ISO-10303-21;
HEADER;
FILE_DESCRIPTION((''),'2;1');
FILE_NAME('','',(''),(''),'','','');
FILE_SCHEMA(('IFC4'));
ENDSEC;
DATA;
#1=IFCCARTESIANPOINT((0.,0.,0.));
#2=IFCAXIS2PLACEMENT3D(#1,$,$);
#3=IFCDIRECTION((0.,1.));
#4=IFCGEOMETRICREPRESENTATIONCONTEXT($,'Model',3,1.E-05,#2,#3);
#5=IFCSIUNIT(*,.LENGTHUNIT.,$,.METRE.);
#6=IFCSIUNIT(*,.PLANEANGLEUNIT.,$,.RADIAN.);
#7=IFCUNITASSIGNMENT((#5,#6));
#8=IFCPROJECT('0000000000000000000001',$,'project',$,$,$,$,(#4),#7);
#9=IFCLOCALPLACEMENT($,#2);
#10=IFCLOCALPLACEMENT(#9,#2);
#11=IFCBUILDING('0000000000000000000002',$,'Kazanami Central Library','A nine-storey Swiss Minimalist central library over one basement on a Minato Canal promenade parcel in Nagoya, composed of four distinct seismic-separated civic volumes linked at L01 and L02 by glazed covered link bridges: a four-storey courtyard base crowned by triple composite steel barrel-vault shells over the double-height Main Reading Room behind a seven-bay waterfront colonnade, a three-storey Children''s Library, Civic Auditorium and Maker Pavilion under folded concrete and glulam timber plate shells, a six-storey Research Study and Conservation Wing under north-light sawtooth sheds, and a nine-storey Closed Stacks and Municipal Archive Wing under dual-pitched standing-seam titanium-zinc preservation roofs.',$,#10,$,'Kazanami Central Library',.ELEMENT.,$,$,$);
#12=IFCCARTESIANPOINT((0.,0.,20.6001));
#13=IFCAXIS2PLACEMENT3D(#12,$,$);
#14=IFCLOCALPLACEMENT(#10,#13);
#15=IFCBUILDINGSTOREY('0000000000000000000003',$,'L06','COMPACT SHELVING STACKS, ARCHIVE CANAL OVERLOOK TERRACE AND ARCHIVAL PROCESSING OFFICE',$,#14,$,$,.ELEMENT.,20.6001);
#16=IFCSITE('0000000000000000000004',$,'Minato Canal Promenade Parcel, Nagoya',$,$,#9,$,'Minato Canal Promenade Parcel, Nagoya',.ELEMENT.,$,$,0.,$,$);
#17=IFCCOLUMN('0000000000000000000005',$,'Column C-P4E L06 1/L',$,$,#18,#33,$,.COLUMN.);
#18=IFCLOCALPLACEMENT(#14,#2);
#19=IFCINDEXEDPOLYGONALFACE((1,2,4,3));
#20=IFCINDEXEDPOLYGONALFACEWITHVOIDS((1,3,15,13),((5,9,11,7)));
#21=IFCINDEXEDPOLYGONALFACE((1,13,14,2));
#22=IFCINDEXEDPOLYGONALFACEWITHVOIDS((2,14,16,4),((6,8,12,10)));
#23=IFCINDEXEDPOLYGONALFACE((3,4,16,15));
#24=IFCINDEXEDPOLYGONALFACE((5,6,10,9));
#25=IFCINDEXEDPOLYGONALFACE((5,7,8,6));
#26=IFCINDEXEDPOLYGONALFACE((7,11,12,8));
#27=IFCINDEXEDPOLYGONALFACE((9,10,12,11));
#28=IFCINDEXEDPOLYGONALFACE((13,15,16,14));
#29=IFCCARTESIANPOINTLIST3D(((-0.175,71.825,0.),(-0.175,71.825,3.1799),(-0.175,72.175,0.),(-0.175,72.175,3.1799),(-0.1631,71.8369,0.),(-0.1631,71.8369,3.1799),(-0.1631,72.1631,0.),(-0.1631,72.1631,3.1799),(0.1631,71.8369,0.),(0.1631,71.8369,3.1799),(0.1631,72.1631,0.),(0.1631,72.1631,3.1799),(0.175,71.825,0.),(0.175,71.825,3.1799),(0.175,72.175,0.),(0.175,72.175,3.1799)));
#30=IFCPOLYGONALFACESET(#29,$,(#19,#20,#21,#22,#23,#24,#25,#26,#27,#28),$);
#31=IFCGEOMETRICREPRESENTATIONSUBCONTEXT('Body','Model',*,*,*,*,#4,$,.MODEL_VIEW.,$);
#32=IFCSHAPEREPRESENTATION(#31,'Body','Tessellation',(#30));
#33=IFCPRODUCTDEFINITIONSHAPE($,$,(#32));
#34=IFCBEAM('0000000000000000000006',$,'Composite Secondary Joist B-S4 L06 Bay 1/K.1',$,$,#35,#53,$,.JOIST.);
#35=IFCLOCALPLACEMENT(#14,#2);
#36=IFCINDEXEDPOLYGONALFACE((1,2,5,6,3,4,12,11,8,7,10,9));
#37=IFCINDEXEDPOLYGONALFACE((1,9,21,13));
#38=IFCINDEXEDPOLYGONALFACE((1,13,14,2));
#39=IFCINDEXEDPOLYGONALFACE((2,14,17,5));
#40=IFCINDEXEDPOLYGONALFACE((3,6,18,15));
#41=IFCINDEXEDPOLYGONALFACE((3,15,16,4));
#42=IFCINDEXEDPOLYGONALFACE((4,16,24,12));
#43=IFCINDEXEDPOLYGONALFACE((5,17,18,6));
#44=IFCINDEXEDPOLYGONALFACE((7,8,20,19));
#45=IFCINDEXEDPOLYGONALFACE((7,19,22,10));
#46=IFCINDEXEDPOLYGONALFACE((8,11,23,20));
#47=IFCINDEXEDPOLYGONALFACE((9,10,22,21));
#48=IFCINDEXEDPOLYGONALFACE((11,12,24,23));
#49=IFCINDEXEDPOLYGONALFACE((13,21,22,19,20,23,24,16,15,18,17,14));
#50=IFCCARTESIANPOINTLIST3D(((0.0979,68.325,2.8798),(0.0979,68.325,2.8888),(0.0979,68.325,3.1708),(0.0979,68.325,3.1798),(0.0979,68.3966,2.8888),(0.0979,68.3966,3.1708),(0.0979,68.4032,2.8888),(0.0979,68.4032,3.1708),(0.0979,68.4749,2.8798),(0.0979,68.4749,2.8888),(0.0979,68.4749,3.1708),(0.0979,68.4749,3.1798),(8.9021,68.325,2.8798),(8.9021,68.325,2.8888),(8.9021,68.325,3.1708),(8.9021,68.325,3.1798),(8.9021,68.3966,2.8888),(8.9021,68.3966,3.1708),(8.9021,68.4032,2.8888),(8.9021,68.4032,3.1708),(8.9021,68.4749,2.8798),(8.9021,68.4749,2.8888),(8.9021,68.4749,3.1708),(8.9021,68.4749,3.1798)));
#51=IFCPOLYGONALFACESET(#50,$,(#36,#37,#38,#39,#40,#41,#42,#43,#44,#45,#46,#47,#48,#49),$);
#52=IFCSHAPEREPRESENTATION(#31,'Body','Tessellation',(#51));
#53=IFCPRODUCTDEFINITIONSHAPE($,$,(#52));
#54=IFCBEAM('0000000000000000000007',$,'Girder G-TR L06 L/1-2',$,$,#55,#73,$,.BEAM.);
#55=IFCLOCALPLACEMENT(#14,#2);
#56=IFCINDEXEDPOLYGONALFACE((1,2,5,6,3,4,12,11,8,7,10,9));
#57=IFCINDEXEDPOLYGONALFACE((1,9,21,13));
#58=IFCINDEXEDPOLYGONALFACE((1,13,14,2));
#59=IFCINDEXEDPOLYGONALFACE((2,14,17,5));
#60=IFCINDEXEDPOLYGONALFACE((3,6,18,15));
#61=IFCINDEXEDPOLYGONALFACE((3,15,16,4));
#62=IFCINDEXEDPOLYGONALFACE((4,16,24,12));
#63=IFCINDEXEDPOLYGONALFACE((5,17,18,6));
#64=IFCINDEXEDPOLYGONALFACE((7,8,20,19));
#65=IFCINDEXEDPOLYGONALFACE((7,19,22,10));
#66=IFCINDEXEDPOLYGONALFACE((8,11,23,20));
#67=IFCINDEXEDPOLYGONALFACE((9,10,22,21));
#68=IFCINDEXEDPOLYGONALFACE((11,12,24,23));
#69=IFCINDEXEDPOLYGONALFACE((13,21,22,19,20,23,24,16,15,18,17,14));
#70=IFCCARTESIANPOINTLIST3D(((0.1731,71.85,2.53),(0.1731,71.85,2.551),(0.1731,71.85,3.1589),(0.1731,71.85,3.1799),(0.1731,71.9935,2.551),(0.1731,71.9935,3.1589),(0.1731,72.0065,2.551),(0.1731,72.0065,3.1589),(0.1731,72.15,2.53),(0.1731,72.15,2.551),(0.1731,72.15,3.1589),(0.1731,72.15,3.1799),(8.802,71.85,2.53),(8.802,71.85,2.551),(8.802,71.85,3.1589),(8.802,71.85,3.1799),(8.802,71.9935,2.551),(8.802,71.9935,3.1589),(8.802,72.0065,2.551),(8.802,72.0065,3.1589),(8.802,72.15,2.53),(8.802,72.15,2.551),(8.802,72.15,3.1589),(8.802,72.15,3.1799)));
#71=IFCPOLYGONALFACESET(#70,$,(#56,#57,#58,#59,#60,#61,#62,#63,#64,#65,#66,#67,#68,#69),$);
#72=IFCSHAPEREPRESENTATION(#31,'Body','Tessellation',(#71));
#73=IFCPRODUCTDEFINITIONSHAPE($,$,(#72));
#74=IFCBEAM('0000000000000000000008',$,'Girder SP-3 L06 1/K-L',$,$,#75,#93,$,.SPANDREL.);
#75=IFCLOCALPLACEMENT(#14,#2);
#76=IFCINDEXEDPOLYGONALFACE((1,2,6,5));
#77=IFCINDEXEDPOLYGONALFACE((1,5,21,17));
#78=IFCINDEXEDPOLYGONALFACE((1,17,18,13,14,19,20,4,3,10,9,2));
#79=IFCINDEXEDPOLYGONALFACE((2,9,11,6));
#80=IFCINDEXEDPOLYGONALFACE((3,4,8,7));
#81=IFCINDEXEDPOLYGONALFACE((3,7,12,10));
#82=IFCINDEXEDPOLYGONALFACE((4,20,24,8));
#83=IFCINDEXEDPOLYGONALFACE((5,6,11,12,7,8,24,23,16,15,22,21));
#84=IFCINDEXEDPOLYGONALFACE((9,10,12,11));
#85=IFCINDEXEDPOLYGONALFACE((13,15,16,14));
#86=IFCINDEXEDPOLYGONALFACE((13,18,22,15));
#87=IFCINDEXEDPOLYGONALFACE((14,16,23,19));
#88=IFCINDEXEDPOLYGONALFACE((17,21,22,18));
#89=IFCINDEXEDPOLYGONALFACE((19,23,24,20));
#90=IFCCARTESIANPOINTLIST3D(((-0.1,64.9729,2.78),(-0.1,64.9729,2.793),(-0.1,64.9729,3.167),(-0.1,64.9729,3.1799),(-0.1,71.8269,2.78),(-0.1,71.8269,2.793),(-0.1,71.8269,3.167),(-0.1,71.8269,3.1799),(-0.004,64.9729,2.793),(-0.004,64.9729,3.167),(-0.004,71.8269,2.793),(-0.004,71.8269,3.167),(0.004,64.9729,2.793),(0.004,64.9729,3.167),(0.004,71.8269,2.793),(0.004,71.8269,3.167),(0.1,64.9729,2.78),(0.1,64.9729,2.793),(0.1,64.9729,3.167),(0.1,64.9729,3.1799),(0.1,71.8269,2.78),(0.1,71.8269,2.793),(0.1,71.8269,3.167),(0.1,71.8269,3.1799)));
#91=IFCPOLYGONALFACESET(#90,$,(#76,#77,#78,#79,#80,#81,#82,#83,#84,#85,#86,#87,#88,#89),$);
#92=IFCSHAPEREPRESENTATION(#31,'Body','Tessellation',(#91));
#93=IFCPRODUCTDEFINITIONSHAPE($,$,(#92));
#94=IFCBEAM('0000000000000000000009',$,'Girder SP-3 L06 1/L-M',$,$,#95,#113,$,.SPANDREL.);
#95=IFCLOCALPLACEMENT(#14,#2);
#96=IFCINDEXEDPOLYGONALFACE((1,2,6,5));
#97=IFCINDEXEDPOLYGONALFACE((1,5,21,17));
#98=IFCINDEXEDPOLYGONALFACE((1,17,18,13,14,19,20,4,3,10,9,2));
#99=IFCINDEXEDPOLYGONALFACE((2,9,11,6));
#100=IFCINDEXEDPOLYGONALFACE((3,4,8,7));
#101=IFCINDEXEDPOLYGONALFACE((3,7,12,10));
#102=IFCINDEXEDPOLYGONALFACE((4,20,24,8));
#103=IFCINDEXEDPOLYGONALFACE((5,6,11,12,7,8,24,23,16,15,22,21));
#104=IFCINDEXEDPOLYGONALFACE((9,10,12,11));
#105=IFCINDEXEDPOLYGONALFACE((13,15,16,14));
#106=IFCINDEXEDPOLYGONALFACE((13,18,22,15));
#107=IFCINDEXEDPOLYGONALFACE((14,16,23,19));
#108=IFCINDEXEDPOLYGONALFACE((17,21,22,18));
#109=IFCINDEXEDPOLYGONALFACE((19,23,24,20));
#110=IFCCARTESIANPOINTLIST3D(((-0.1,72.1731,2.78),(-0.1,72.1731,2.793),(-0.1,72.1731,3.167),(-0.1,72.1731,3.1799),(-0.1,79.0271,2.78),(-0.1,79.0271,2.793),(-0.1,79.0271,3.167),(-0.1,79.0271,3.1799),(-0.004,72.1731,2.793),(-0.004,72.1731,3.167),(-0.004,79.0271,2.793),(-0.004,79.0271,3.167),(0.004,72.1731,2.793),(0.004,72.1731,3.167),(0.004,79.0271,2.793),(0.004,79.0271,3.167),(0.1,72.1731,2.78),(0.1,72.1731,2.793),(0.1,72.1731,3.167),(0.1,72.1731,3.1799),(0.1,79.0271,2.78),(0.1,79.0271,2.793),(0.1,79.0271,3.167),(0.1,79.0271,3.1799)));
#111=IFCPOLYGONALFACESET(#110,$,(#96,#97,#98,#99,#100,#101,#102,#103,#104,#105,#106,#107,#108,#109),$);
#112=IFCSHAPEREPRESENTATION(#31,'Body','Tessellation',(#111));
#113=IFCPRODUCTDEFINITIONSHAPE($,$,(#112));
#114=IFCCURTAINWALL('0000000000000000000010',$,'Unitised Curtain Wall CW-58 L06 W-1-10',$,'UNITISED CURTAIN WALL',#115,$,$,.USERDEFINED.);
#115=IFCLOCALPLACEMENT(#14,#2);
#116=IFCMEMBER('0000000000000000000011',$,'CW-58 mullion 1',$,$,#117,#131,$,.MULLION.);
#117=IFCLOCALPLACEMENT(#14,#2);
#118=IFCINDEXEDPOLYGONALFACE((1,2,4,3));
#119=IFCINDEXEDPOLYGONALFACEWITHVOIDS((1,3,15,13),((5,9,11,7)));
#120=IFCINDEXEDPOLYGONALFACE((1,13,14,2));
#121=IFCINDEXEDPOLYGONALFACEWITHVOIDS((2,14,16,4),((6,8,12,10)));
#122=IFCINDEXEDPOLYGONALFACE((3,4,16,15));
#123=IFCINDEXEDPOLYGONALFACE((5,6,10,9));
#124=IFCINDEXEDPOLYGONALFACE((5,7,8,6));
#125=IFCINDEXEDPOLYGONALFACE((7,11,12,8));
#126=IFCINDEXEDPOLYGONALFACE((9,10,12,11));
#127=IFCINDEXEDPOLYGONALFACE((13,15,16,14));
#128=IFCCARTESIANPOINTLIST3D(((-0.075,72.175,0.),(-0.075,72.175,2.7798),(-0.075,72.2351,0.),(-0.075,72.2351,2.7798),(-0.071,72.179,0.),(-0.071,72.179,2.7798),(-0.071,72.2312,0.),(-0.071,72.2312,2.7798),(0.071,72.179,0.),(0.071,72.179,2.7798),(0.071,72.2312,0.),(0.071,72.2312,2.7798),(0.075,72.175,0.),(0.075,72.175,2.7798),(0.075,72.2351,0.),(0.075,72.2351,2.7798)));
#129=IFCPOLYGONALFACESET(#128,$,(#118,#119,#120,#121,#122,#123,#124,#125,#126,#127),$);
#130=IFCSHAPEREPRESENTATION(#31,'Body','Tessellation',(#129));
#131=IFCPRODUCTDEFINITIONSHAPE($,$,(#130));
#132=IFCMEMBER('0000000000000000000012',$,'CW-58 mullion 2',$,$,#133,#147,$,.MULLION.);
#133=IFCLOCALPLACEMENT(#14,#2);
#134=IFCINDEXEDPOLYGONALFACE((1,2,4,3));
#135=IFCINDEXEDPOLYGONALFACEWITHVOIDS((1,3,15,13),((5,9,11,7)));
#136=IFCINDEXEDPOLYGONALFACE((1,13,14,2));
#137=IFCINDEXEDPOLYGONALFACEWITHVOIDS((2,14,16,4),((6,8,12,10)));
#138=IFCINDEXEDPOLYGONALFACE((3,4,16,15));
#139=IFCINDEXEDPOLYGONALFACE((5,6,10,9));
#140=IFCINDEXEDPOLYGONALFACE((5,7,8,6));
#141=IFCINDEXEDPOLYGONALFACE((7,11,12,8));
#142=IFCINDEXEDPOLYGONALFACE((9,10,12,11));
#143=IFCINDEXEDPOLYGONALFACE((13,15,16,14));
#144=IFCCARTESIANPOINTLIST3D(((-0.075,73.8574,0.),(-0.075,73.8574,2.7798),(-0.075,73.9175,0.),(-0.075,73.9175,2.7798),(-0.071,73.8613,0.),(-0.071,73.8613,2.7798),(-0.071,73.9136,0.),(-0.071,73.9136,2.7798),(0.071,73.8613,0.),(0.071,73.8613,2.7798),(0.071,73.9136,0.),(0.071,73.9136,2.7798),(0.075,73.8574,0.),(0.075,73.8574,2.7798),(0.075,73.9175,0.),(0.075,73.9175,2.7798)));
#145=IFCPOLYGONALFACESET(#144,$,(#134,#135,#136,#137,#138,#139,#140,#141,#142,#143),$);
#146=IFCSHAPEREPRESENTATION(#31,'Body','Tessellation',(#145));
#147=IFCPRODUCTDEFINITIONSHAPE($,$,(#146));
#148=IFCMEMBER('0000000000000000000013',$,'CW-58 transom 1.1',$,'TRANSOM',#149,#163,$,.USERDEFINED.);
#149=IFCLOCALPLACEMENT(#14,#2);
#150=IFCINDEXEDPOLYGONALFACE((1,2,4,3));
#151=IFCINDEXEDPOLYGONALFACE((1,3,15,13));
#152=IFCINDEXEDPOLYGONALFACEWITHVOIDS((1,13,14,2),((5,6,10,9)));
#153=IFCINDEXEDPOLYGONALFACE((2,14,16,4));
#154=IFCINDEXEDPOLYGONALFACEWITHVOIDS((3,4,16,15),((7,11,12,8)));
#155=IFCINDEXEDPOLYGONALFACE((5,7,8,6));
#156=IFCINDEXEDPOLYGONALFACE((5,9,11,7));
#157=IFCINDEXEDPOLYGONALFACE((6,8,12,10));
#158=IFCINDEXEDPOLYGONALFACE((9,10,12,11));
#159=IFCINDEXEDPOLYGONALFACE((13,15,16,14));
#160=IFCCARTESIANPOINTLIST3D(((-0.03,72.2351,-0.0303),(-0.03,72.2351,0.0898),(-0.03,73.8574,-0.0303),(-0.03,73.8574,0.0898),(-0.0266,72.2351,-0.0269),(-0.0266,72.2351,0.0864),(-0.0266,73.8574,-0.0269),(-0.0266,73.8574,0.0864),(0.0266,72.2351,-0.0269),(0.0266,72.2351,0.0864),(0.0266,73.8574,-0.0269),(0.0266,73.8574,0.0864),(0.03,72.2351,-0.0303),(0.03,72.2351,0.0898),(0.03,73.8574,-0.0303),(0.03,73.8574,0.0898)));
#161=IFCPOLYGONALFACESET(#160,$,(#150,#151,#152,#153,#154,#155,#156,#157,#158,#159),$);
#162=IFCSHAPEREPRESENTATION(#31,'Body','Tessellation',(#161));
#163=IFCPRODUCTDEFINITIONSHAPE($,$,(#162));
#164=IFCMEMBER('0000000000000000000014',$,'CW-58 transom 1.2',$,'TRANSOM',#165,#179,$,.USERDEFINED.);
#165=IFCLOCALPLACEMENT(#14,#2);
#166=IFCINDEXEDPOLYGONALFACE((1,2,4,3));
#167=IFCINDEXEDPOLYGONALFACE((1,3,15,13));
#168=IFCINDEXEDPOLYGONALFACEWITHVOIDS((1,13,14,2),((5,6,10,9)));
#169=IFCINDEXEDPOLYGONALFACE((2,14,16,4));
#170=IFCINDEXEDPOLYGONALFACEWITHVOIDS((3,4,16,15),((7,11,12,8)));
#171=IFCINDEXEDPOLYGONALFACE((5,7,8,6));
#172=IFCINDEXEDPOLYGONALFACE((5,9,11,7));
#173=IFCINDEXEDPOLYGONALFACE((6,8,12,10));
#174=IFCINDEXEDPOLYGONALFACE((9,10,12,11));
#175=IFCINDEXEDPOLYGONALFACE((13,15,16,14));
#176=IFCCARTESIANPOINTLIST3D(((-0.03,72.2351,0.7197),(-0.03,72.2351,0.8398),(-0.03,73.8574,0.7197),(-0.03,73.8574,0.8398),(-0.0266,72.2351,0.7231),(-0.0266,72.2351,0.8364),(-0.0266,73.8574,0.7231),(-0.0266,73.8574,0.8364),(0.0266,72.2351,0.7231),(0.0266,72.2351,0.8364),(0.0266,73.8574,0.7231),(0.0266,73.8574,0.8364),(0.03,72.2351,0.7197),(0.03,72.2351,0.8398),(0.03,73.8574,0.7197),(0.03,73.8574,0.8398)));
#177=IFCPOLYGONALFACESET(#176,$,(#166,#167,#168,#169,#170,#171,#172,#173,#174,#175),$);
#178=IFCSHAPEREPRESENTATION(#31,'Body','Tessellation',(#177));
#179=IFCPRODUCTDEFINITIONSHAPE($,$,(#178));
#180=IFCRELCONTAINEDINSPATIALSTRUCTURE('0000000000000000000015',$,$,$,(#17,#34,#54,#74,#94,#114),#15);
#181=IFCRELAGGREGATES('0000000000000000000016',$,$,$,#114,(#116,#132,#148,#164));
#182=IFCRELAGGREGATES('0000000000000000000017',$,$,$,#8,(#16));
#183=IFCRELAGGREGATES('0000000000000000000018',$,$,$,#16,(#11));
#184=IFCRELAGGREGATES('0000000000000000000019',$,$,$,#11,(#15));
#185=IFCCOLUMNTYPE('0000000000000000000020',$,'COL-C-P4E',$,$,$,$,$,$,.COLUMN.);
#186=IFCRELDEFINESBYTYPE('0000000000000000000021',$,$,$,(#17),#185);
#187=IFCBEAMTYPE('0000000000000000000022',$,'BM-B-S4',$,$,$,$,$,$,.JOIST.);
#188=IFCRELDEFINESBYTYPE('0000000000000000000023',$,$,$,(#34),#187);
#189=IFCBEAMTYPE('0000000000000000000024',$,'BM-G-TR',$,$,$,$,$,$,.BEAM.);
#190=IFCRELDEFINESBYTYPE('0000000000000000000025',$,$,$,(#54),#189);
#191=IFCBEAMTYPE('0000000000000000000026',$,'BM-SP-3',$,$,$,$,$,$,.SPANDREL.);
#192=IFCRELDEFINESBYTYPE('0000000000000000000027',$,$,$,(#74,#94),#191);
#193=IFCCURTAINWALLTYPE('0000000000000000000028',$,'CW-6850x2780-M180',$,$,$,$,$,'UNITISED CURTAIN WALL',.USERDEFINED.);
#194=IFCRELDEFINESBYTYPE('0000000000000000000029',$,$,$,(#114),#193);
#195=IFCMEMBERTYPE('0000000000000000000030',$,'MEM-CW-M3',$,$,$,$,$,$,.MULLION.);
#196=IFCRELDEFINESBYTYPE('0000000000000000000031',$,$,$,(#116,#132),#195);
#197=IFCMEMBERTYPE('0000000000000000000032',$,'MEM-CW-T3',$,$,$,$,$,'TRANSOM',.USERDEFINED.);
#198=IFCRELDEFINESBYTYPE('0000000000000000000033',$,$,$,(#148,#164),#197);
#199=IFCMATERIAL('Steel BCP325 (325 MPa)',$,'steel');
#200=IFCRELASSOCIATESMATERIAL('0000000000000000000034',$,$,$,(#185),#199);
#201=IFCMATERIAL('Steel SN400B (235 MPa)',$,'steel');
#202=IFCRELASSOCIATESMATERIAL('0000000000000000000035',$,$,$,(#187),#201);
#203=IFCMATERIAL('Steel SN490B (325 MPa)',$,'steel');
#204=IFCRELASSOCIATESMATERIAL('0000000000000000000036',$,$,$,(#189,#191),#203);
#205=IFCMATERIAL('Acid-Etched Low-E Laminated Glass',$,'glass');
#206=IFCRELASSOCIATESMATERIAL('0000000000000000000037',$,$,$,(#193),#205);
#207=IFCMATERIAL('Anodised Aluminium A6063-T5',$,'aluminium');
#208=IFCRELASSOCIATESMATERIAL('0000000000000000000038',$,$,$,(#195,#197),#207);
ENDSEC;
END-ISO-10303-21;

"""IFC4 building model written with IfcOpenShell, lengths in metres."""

from ifc_helpers import new_model, si_unit, direction, frame, origin, origin_2d, place, context, subcontext, project, spatial, hollow_rectangle, i_section, extrude, material, material_profile, profile_set, type_object, element, aggregate, save


model = new_model("IFC4")

# Units and contexts
model_context = context("Model", 3, precision=1e-05, world=origin(), true_north=direction((0.0, 1.0)))
body_context = subcontext(model_context, "Body", "Model", "MODEL_VIEW")
ifc_project = project(units=[si_unit("LENGTHUNIT", "METRE"), si_unit("PLANEANGLEUNIT", "RADIAN")], contexts=[model_context])

# Site, building, storey
site_placement = place(None, origin())
site = spatial("IfcSite", under=ifc_project, at=site_placement, Name="Minato Canal Promenade Parcel, Nagoya", LongName="Minato Canal Promenade Parcel, Nagoya", CompositionType="ELEMENT", RefElevation=0.0)
building_placement = place(site_placement, origin())
building = spatial("IfcBuilding", under=site, at=building_placement, Name="Kazanami Central Library", Description="A nine-storey Swiss Minimalist central library over one basement on a Minato Canal promenade parcel in Nagoya, composed of four distinct seismic-separated civic volumes linked at L01 and L02 by glazed covered link bridges: a four-storey courtyard base crowned by triple composite steel barrel-vault shells over the double-height Main Reading Room behind a seven-bay waterfront colonnade, a three-storey Children's Library, Civic Auditorium and Maker Pavilion under folded concrete and glulam timber plate shells, a six-storey Research Study and Conservation Wing under north-light sawtooth sheds, and a nine-storey Closed Stacks and Municipal Archive Wing under dual-pitched standing-seam titanium-zinc preservation roofs.", LongName="Kazanami Central Library", CompositionType="ELEMENT")
storey_placement = place(building_placement, frame((0.0, 0.0, 20.6001)))
storey = spatial("IfcBuildingStorey", under=building, at=storey_placement, Name="L06", Description="COMPACT SHELVING STACKS, ARCHIVE CANAL OVERLOOK TERRACE AND ARCHIVAL PROCESSING OFFICE", CompositionType="ELEMENT", Elevation=20.6001)

# Column
ifc_material_1 = material(Name="Steel BCP325 (325 MPa)", Category="steel")
ifc_material_profile_1 = material_profile(ifc_material_1, hollow_rectangle(XDim=0.3501, YDim=0.3501, WallThickness=0.012, at=origin_2d()), Name="STKR-350x350x12")
ifc_profile_set_1 = profile_set([ifc_material_profile_1], Name="Steel BCP325 (325 MPa)")
column_type = type_object("IfcColumnType", Name="COL-C-P4E", PredefinedType="COLUMN", material=ifc_profile_set_1)
column_placement = place(storey_placement, frame((0.0, 72.0, 0.0), z_axis=(0.0, 0.0, 1.0), x_axis=(1.0, 0.0, 0.0)))
element("IfcColumn", 1, at=column_placement, inside=storey, type_object=column_type, Name="Column C-P4E L06 1/L", PredefinedType="COLUMN", context=body_context, shape_type="SweptSolid", body=[
    extrude(hollow_rectangle(XDim=0.3501, YDim=0.3501, WallThickness=0.012, at=origin_2d()), origin(), (0.0, 0.0, 1.0), 3.1799),
])

# Beams
ifc_material_2 = material(Name="Steel SN400B (235 MPa)", Category="steel")
ifc_material_profile_2 = material_profile(ifc_material_2, i_section(OverallWidth=0.1499, OverallDepth=0.3, WebThickness=0.0066, FlangeThickness=0.009, at=origin_2d()), Name="H-300x150x6.5x9")
ifc_profile_set_2 = profile_set([ifc_material_profile_2], Name="Steel SN400B (235 MPa)")
beam_type_1 = type_object("IfcBeamType", Name="BM-B-S4", PredefinedType="JOIST", material=ifc_profile_set_2)
beam_1_placement = place(storey_placement, frame((0.0979, 68.3999, 3.0298), z_axis=(1.0, 0.0, 0.0), x_axis=(0.0, 1.0, 0.0)))
element("IfcBeam", 2, at=beam_1_placement, inside=storey, type_object=beam_type_1, Name="Composite Secondary Joist B-S4 L06 Bay 1/K.1", PredefinedType="JOIST", context=body_context, shape_type="SweptSolid", body=[
    extrude(i_section(OverallWidth=0.1499, OverallDepth=0.3, WebThickness=0.0066, FlangeThickness=0.009, at=origin_2d()), origin(), (0.0, 0.0, 1.0), 8.8042),
])
ifc_material_3 = material(Name="Steel SN490B (325 MPa)", Category="steel")
ifc_material_profile_3 = material_profile(ifc_material_3, i_section(OverallWidth=0.3, OverallDepth=0.6499, WebThickness=0.0129, FlangeThickness=0.021, at=origin_2d()), Name="H-650x300x13x21")
ifc_profile_set_3 = profile_set([ifc_material_profile_3], Name="Steel SN490B (325 MPa)")
beam_type_2 = type_object("IfcBeamType", Name="BM-G-TR", PredefinedType="BEAM", material=ifc_profile_set_3)
beam_2_placement = place(storey_placement, frame((0.1731, 72.0, 2.855), z_axis=(1.0, 0.0, 0.0), x_axis=(0.0, 1.0, 0.0)))
element("IfcBeam", 3, at=beam_2_placement, inside=storey, type_object=beam_type_2, Name="Girder G-TR L06 L/1-2", PredefinedType="BEAM", context=body_context, shape_type="SweptSolid", body=[
    extrude(i_section(OverallWidth=0.3, OverallDepth=0.6499, WebThickness=0.0129, FlangeThickness=0.021, at=origin_2d()), origin(), (0.0, 0.0, 1.0), 8.6289),
])
ifc_material_profile_4 = material_profile(ifc_material_3, i_section(OverallWidth=0.2, OverallDepth=0.3999, WebThickness=0.0081, FlangeThickness=0.0129, at=origin_2d()), Name="H-400x200x8x13")
ifc_profile_set_4 = profile_set([ifc_material_profile_4], Name="Steel SN490B (325 MPa)")
beam_type_3 = type_object("IfcBeamType", Name="BM-SP-3", PredefinedType="SPANDREL", material=ifc_profile_set_4)
for number, where, z_axis, x_axis, name in (
    (4, (0.0, 64.9729, 2.98), (0.0, 1.0, 0.0), (-1.0, 0.0, 0.0), "Girder SP-3 L06 1/K-L"),
    (5, (0.0, 72.1731, 2.98), (0.0, 1.0, 0.0), (-1.0, 0.0, 0.0), "Girder SP-3 L06 1/L-M"),
):
    element("IfcBeam", number, at=place(storey_placement, frame(where, z_axis=z_axis, x_axis=x_axis)), inside=storey, type_object=beam_type_3, Name=name, PredefinedType="SPANDREL", context=body_context, shape_type="SweptSolid", body=[
        extrude(i_section(OverallWidth=0.2, OverallDepth=0.3999, WebThickness=0.0081, FlangeThickness=0.0129, at=origin_2d()), origin(), (0.0, 0.0, 1.0), 6.854),
    ])

# Curtain wall, members
ifc_material_4 = material(Name="Acid-Etched Low-E Laminated Glass", Category="glass")
curtain_wall_type = type_object("IfcCurtainWallType", Name="CW-6850x2780-M180", ElementType="UNITISED CURTAIN WALL", PredefinedType="USERDEFINED", material=ifc_material_4)
curtain_wall_placement = place(storey_placement, origin())
curtain_wall = element("IfcCurtainWall", 6, at=curtain_wall_placement, inside=storey, type_object=curtain_wall_type, Name="Unitised Curtain Wall CW-58 L06 W-1-10", ObjectType="UNITISED CURTAIN WALL", PredefinedType="USERDEFINED")
ifc_material_5 = material(Name="Anodised Aluminium A6063-T5", Category="aluminium")
ifc_material_profile_5 = material_profile(ifc_material_5, hollow_rectangle(XDim=0.0601, YDim=0.1499, WallThickness=0.0039, at=origin_2d()), Name="ALU-MULL-60x150x4")
ifc_profile_set_5 = profile_set([ifc_material_profile_5], Name="Anodised Aluminium A6063-T5")
member_type_1 = type_object("IfcMemberType", Name="MEM-CW-M3", PredefinedType="MULLION", material=ifc_profile_set_5)
member_1_placement = place(storey_placement, frame((0.0, 72.2051, 0.0), z_axis=(0.0, 0.0, 1.0), x_axis=(0.0, 1.0, 0.0)))
member_1 = element("IfcMember", 7, at=member_1_placement, type_object=member_type_1, Name="CW-58 mullion 1", PredefinedType="MULLION", context=body_context, shape_type="SweptSolid", body=[
    extrude(hollow_rectangle(XDim=0.0601, YDim=0.1499, WallThickness=0.0039, at=origin_2d()), origin(), (0.0, 0.0, 1.0), 2.7798),
])
member_2_placement = place(storey_placement, frame((0.0, 73.8875, 0.0), z_axis=(0.0, 0.0, 1.0), x_axis=(0.0, 1.0, 0.0)))
member_2 = element("IfcMember", 8, at=member_2_placement, type_object=member_type_1, Name="CW-58 mullion 2", PredefinedType="MULLION", context=body_context, shape_type="SweptSolid", body=[
    extrude(hollow_rectangle(XDim=0.0601, YDim=0.1499, WallThickness=0.0039, at=origin_2d()), origin(), (0.0, 0.0, 1.0), 2.7798),
])
ifc_material_profile_6 = material_profile(ifc_material_5, hollow_rectangle(XDim=0.0601, YDim=0.1201, WallThickness=0.0034, at=origin_2d()), Name="ALU-TRAN-60x120x3.5")
ifc_profile_set_6 = profile_set([ifc_material_profile_6], Name="Anodised Aluminium A6063-T5")
member_type_2 = type_object("IfcMemberType", Name="MEM-CW-T3", ElementType="TRANSOM", PredefinedType="USERDEFINED", material=ifc_profile_set_6)
member_3_placement = place(storey_placement, frame((0.0, 72.2351, 0.0298), z_axis=(0.0, 1.0, 0.0), x_axis=(-1.0, 0.0, 0.0)))
member_3 = element("IfcMember", 9, at=member_3_placement, type_object=member_type_2, Name="CW-58 transom 1.1", ObjectType="TRANSOM", PredefinedType="USERDEFINED", context=body_context, shape_type="SweptSolid", body=[
    extrude(hollow_rectangle(XDim=0.0601, YDim=0.1201, WallThickness=0.0034, at=origin_2d()), origin(), (0.0, 0.0, 1.0), 1.6223),
])
member_4_placement = place(storey_placement, frame((0.0, 72.2351, 0.7798), z_axis=(0.0, 1.0, 0.0), x_axis=(-1.0, 0.0, 0.0)))
member_4 = element("IfcMember", 10, at=member_4_placement, type_object=member_type_2, Name="CW-58 transom 1.2", ObjectType="TRANSOM", PredefinedType="USERDEFINED", context=body_context, shape_type="SweptSolid", body=[
    extrude(hollow_rectangle(XDim=0.0601, YDim=0.1201, WallThickness=0.0034, at=origin_2d()), origin(), (0.0, 0.0, 1.0), 1.6223),
])
aggregate(curtain_wall, [member_1, member_2, member_3, member_4])

save(model, "model.ifc")
